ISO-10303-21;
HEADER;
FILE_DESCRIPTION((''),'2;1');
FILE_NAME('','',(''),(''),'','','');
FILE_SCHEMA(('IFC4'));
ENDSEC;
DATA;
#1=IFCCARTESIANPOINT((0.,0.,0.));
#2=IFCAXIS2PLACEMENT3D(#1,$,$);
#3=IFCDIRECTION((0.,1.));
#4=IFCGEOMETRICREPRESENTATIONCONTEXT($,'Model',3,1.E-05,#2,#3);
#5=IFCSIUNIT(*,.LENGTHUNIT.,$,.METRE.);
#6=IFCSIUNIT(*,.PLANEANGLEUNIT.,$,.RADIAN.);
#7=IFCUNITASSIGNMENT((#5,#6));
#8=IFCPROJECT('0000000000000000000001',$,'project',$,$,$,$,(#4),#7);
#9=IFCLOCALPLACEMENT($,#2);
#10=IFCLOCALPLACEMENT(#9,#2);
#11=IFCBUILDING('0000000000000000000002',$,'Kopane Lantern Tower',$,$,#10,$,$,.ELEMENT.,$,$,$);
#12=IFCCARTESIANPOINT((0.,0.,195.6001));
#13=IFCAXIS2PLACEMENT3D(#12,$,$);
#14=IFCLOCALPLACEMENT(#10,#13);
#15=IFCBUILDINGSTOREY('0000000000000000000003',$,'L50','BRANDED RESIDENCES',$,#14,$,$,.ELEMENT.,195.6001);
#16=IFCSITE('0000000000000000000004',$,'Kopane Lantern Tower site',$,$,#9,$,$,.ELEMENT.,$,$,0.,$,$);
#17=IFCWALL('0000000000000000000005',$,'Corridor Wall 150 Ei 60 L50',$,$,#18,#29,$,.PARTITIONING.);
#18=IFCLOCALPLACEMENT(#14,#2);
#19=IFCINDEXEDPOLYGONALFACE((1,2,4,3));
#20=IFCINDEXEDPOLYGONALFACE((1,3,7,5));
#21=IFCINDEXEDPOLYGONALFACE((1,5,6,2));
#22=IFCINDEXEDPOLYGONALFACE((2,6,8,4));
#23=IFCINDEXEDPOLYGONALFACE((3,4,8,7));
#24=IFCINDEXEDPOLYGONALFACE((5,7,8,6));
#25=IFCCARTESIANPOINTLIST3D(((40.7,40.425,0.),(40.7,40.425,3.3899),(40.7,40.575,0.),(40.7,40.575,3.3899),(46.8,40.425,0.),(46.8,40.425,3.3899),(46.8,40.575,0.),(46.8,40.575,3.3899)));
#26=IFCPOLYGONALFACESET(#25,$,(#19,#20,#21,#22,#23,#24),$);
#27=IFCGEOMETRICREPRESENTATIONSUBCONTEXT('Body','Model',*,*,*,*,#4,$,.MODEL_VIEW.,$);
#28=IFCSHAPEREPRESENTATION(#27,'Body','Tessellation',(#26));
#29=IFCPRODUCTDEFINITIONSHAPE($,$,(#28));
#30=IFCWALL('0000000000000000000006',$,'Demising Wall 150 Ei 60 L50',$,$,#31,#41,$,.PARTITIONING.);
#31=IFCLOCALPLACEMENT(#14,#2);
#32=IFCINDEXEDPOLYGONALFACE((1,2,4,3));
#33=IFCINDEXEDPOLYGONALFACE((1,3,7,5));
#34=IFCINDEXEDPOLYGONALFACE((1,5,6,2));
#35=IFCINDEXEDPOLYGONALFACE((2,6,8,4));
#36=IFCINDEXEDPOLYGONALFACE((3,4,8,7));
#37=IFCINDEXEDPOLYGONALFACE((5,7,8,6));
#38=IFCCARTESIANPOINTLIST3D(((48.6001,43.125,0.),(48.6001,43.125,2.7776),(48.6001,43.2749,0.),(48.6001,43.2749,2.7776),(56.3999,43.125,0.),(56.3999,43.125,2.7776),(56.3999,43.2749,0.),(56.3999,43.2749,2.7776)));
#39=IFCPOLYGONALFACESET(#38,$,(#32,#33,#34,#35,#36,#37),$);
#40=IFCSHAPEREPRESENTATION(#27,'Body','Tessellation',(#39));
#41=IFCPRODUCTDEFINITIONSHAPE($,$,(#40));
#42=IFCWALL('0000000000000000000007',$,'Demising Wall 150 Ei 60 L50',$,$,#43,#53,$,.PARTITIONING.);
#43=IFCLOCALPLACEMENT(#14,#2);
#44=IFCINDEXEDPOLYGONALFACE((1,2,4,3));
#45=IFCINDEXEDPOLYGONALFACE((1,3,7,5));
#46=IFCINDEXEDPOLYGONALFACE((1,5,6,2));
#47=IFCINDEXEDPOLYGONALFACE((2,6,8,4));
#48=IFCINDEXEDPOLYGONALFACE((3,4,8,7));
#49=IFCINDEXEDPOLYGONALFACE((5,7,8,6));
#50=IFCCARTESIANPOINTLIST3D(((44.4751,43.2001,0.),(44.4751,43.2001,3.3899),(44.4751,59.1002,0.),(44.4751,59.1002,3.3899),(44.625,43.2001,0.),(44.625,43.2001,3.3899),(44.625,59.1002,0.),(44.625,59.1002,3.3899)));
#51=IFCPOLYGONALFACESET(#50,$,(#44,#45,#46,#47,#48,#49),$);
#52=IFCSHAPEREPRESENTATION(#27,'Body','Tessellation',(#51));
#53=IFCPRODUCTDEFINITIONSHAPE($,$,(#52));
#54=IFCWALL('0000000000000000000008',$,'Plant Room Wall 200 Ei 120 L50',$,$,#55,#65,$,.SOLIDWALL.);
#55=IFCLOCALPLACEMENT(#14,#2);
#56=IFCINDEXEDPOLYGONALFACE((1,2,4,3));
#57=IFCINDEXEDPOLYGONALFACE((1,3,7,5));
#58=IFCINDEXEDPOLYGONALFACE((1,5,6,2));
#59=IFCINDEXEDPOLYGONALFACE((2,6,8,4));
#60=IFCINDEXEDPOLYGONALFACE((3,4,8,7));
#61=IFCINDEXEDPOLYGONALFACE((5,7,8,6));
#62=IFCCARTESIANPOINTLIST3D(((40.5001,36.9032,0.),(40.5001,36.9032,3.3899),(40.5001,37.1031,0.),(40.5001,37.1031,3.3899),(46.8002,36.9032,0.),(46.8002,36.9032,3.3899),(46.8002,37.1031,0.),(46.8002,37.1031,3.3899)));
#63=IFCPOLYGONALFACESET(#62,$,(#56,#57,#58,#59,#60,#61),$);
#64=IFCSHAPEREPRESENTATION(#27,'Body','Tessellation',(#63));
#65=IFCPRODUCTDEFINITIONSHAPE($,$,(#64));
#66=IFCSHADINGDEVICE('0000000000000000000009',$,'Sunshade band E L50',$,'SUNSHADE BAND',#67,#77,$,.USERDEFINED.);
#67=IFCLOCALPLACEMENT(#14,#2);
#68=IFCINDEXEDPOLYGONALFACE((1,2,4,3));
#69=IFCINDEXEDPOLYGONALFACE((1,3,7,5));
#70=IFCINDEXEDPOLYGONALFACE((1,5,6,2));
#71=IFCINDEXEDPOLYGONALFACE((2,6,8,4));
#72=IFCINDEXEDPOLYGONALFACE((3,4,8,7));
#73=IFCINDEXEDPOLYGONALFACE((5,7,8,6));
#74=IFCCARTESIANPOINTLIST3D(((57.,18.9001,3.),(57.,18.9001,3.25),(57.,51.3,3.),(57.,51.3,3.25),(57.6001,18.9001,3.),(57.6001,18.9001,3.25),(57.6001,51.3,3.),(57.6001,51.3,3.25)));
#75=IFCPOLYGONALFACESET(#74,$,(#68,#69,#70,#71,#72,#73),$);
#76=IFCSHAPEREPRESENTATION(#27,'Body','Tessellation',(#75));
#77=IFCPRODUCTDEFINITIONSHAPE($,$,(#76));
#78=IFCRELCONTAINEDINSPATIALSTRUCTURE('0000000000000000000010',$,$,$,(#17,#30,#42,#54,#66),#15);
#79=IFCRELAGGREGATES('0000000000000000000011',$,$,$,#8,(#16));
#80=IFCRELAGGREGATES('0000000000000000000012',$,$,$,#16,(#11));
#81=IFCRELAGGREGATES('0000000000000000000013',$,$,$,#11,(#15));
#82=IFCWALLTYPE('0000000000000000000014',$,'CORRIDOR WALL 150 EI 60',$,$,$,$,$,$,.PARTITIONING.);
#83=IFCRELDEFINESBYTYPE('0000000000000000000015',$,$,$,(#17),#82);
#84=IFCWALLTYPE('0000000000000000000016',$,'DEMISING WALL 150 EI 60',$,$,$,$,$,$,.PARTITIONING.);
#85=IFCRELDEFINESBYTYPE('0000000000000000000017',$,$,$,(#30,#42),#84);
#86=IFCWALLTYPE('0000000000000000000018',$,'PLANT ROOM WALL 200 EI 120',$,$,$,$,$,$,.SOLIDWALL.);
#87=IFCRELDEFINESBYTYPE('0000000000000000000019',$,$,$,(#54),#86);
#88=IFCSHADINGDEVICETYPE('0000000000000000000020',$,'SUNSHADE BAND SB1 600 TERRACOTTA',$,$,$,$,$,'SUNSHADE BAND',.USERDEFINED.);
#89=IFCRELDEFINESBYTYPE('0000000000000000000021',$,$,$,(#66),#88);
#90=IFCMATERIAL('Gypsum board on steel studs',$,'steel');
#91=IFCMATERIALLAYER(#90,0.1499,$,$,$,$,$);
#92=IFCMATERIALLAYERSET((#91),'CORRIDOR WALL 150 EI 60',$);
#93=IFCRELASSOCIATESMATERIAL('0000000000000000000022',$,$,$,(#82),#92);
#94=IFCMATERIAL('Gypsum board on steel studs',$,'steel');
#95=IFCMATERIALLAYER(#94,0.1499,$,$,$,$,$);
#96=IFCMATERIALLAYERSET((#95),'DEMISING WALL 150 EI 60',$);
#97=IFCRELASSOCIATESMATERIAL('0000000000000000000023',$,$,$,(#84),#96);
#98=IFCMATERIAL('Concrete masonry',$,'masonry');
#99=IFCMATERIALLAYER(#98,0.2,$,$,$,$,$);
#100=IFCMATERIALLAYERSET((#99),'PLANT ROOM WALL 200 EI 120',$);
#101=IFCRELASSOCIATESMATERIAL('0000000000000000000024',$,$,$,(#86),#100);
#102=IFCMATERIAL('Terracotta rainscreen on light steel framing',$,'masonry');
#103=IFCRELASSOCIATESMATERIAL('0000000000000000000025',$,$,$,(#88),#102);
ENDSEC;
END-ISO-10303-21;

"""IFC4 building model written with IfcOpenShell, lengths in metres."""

from ifc_helpers import new_model, si_unit, direction, frame, frame_2d, origin, origin_2d, place, context, subcontext, project, spatial, rectangle, extrude, material, layer, layer_set, type_object, element, save


model = new_model("IFC4")

# Units and contexts
model_context = context("Model", 3, precision=1e-05, world=origin(), true_north=direction((0.0, 1.0)))
body_context = subcontext(model_context, "Body", "Model", "MODEL_VIEW")
ifc_project = project(units=[si_unit("LENGTHUNIT", "METRE"), si_unit("PLANEANGLEUNIT", "RADIAN")], contexts=[model_context])

# Site, building, storey
site_placement = place(None, origin())
site = spatial("IfcSite", under=ifc_project, at=site_placement, Name="Kopane Lantern Tower site", CompositionType="ELEMENT", RefElevation=0.0)
building_placement = place(site_placement, origin())
building = spatial("IfcBuilding", under=site, at=building_placement, Name="Kopane Lantern Tower", CompositionType="ELEMENT")
storey_placement = place(building_placement, frame((0.0, 0.0, 195.6001)))
storey = spatial("IfcBuildingStorey", under=building, at=storey_placement, Name="L50", Description="BRANDED RESIDENCES", CompositionType="ELEMENT", Elevation=195.6001)

# Walls
ifc_material_1 = material(Name="Gypsum board on steel studs", Category="steel")
ifc_layer_1 = layer(ifc_material_1, 0.1499)
ifc_layer_set_1 = layer_set([ifc_layer_1], Name="CORRIDOR WALL 150 EI 60")
wall_type_1 = type_object("IfcWallType", Name="CORRIDOR WALL 150 EI 60", PredefinedType="PARTITIONING", material=ifc_layer_set_1)
wall_1_placement = place(storey_placement, frame((46.8, 40.5, 0.0), z_axis=(0.0, 0.0, 1.0), x_axis=(-1.0, 0.0, 0.0)))
element("IfcWall", 1, at=wall_1_placement, inside=storey, type_object=wall_type_1, Name="Corridor Wall 150 Ei 60 L50", PredefinedType="PARTITIONING", context=body_context, shape_type="SweptSolid", body=[
    extrude(rectangle(XDim=6.1001, YDim=0.1499, at=frame_2d((3.05, 0.0))), origin(), (0.0, 0.0, 1.0), 3.3899),
])
ifc_material_2 = material(Name="Gypsum board on steel studs", Category="steel")
ifc_layer_2 = layer(ifc_material_2, 0.1499)
ifc_layer_set_2 = layer_set([ifc_layer_2], Name="DEMISING WALL 150 EI 60")
wall_type_2 = type_object("IfcWallType", Name="DEMISING WALL 150 EI 60", PredefinedType="PARTITIONING", material=ifc_layer_set_2)
wall_2_placement = place(storey_placement, frame((48.6001, 43.2, 0.0), z_axis=(0.0, 0.0, 1.0), x_axis=(1.0, 0.0, 0.0)))
element("IfcWall", 2, at=wall_2_placement, inside=storey, type_object=wall_type_2, Name="Demising Wall 150 Ei 60 L50", PredefinedType="PARTITIONING", context=body_context, shape_type="SweptSolid", body=[
    extrude(rectangle(XDim=7.7998, YDim=0.1499, at=frame_2d((3.8999, 0.0))), origin(), (0.0, 0.0, 1.0), 2.7776),
])
wall_3_placement = place(storey_placement, frame((44.55, 43.2, 0.0), z_axis=(0.0, 0.0, 1.0), x_axis=(0.0, 1.0, 0.0)))
element("IfcWall", 3, at=wall_3_placement, inside=storey, type_object=wall_type_2, Name="Demising Wall 150 Ei 60 L50", PredefinedType="PARTITIONING", context=body_context, shape_type="SweptSolid", body=[
    extrude(rectangle(XDim=15.9001, YDim=0.1499, at=frame_2d((7.9502, 0.0))), origin(), (0.0, 0.0, 1.0), 3.3899),
])
ifc_material_3 = material(Name="Concrete masonry", Category="masonry")
ifc_layer_3 = layer(ifc_material_3, 0.2)
ifc_layer_set_3 = layer_set([ifc_layer_3], Name="PLANT ROOM WALL 200 EI 120")
wall_type_3 = type_object("IfcWallType", Name="PLANT ROOM WALL 200 EI 120", PredefinedType="SOLIDWALL", material=ifc_layer_set_3)
wall_4_placement = place(storey_placement, frame((46.8, 37.0032, 0.0), z_axis=(0.0, 0.0, 1.0), x_axis=(-1.0, 0.0, 0.0)))
element("IfcWall", 4, at=wall_4_placement, inside=storey, type_object=wall_type_3, Name="Plant Room Wall 200 Ei 120 L50", PredefinedType="SOLIDWALL", context=body_context, shape_type="SweptSolid", body=[
    extrude(rectangle(XDim=6.3, YDim=0.2, at=frame_2d((3.1499, 0.0))), origin(), (0.0, 0.0, 1.0), 3.3899),
])

# Shading device
ifc_material_4 = material(Name="Terracotta rainscreen on light steel framing", Category="masonry")
shading_device_type = type_object("IfcShadingDeviceType", Name="SUNSHADE BAND SB1 600 TERRACOTTA", ElementType="SUNSHADE BAND", PredefinedType="USERDEFINED", material=ifc_material_4)
shading_device_placement = place(storey_placement, frame((57.3, 35.1001, 3.0), z_axis=(0.0, 0.0, 1.0), x_axis=(0.0, 1.0, 0.0)))
element("IfcShadingDevice", 5, at=shading_device_placement, inside=storey, type_object=shading_device_type, Name="Sunshade band E L50", ObjectType="SUNSHADE BAND", PredefinedType="USERDEFINED", context=body_context, shape_type="SweptSolid", body=[
    extrude(rectangle(XDim=32.3999, YDim=0.6001, at=origin_2d()), origin(), (0.0, 0.0, 1.0), 0.25),
])

save(model, "model.ifc")
